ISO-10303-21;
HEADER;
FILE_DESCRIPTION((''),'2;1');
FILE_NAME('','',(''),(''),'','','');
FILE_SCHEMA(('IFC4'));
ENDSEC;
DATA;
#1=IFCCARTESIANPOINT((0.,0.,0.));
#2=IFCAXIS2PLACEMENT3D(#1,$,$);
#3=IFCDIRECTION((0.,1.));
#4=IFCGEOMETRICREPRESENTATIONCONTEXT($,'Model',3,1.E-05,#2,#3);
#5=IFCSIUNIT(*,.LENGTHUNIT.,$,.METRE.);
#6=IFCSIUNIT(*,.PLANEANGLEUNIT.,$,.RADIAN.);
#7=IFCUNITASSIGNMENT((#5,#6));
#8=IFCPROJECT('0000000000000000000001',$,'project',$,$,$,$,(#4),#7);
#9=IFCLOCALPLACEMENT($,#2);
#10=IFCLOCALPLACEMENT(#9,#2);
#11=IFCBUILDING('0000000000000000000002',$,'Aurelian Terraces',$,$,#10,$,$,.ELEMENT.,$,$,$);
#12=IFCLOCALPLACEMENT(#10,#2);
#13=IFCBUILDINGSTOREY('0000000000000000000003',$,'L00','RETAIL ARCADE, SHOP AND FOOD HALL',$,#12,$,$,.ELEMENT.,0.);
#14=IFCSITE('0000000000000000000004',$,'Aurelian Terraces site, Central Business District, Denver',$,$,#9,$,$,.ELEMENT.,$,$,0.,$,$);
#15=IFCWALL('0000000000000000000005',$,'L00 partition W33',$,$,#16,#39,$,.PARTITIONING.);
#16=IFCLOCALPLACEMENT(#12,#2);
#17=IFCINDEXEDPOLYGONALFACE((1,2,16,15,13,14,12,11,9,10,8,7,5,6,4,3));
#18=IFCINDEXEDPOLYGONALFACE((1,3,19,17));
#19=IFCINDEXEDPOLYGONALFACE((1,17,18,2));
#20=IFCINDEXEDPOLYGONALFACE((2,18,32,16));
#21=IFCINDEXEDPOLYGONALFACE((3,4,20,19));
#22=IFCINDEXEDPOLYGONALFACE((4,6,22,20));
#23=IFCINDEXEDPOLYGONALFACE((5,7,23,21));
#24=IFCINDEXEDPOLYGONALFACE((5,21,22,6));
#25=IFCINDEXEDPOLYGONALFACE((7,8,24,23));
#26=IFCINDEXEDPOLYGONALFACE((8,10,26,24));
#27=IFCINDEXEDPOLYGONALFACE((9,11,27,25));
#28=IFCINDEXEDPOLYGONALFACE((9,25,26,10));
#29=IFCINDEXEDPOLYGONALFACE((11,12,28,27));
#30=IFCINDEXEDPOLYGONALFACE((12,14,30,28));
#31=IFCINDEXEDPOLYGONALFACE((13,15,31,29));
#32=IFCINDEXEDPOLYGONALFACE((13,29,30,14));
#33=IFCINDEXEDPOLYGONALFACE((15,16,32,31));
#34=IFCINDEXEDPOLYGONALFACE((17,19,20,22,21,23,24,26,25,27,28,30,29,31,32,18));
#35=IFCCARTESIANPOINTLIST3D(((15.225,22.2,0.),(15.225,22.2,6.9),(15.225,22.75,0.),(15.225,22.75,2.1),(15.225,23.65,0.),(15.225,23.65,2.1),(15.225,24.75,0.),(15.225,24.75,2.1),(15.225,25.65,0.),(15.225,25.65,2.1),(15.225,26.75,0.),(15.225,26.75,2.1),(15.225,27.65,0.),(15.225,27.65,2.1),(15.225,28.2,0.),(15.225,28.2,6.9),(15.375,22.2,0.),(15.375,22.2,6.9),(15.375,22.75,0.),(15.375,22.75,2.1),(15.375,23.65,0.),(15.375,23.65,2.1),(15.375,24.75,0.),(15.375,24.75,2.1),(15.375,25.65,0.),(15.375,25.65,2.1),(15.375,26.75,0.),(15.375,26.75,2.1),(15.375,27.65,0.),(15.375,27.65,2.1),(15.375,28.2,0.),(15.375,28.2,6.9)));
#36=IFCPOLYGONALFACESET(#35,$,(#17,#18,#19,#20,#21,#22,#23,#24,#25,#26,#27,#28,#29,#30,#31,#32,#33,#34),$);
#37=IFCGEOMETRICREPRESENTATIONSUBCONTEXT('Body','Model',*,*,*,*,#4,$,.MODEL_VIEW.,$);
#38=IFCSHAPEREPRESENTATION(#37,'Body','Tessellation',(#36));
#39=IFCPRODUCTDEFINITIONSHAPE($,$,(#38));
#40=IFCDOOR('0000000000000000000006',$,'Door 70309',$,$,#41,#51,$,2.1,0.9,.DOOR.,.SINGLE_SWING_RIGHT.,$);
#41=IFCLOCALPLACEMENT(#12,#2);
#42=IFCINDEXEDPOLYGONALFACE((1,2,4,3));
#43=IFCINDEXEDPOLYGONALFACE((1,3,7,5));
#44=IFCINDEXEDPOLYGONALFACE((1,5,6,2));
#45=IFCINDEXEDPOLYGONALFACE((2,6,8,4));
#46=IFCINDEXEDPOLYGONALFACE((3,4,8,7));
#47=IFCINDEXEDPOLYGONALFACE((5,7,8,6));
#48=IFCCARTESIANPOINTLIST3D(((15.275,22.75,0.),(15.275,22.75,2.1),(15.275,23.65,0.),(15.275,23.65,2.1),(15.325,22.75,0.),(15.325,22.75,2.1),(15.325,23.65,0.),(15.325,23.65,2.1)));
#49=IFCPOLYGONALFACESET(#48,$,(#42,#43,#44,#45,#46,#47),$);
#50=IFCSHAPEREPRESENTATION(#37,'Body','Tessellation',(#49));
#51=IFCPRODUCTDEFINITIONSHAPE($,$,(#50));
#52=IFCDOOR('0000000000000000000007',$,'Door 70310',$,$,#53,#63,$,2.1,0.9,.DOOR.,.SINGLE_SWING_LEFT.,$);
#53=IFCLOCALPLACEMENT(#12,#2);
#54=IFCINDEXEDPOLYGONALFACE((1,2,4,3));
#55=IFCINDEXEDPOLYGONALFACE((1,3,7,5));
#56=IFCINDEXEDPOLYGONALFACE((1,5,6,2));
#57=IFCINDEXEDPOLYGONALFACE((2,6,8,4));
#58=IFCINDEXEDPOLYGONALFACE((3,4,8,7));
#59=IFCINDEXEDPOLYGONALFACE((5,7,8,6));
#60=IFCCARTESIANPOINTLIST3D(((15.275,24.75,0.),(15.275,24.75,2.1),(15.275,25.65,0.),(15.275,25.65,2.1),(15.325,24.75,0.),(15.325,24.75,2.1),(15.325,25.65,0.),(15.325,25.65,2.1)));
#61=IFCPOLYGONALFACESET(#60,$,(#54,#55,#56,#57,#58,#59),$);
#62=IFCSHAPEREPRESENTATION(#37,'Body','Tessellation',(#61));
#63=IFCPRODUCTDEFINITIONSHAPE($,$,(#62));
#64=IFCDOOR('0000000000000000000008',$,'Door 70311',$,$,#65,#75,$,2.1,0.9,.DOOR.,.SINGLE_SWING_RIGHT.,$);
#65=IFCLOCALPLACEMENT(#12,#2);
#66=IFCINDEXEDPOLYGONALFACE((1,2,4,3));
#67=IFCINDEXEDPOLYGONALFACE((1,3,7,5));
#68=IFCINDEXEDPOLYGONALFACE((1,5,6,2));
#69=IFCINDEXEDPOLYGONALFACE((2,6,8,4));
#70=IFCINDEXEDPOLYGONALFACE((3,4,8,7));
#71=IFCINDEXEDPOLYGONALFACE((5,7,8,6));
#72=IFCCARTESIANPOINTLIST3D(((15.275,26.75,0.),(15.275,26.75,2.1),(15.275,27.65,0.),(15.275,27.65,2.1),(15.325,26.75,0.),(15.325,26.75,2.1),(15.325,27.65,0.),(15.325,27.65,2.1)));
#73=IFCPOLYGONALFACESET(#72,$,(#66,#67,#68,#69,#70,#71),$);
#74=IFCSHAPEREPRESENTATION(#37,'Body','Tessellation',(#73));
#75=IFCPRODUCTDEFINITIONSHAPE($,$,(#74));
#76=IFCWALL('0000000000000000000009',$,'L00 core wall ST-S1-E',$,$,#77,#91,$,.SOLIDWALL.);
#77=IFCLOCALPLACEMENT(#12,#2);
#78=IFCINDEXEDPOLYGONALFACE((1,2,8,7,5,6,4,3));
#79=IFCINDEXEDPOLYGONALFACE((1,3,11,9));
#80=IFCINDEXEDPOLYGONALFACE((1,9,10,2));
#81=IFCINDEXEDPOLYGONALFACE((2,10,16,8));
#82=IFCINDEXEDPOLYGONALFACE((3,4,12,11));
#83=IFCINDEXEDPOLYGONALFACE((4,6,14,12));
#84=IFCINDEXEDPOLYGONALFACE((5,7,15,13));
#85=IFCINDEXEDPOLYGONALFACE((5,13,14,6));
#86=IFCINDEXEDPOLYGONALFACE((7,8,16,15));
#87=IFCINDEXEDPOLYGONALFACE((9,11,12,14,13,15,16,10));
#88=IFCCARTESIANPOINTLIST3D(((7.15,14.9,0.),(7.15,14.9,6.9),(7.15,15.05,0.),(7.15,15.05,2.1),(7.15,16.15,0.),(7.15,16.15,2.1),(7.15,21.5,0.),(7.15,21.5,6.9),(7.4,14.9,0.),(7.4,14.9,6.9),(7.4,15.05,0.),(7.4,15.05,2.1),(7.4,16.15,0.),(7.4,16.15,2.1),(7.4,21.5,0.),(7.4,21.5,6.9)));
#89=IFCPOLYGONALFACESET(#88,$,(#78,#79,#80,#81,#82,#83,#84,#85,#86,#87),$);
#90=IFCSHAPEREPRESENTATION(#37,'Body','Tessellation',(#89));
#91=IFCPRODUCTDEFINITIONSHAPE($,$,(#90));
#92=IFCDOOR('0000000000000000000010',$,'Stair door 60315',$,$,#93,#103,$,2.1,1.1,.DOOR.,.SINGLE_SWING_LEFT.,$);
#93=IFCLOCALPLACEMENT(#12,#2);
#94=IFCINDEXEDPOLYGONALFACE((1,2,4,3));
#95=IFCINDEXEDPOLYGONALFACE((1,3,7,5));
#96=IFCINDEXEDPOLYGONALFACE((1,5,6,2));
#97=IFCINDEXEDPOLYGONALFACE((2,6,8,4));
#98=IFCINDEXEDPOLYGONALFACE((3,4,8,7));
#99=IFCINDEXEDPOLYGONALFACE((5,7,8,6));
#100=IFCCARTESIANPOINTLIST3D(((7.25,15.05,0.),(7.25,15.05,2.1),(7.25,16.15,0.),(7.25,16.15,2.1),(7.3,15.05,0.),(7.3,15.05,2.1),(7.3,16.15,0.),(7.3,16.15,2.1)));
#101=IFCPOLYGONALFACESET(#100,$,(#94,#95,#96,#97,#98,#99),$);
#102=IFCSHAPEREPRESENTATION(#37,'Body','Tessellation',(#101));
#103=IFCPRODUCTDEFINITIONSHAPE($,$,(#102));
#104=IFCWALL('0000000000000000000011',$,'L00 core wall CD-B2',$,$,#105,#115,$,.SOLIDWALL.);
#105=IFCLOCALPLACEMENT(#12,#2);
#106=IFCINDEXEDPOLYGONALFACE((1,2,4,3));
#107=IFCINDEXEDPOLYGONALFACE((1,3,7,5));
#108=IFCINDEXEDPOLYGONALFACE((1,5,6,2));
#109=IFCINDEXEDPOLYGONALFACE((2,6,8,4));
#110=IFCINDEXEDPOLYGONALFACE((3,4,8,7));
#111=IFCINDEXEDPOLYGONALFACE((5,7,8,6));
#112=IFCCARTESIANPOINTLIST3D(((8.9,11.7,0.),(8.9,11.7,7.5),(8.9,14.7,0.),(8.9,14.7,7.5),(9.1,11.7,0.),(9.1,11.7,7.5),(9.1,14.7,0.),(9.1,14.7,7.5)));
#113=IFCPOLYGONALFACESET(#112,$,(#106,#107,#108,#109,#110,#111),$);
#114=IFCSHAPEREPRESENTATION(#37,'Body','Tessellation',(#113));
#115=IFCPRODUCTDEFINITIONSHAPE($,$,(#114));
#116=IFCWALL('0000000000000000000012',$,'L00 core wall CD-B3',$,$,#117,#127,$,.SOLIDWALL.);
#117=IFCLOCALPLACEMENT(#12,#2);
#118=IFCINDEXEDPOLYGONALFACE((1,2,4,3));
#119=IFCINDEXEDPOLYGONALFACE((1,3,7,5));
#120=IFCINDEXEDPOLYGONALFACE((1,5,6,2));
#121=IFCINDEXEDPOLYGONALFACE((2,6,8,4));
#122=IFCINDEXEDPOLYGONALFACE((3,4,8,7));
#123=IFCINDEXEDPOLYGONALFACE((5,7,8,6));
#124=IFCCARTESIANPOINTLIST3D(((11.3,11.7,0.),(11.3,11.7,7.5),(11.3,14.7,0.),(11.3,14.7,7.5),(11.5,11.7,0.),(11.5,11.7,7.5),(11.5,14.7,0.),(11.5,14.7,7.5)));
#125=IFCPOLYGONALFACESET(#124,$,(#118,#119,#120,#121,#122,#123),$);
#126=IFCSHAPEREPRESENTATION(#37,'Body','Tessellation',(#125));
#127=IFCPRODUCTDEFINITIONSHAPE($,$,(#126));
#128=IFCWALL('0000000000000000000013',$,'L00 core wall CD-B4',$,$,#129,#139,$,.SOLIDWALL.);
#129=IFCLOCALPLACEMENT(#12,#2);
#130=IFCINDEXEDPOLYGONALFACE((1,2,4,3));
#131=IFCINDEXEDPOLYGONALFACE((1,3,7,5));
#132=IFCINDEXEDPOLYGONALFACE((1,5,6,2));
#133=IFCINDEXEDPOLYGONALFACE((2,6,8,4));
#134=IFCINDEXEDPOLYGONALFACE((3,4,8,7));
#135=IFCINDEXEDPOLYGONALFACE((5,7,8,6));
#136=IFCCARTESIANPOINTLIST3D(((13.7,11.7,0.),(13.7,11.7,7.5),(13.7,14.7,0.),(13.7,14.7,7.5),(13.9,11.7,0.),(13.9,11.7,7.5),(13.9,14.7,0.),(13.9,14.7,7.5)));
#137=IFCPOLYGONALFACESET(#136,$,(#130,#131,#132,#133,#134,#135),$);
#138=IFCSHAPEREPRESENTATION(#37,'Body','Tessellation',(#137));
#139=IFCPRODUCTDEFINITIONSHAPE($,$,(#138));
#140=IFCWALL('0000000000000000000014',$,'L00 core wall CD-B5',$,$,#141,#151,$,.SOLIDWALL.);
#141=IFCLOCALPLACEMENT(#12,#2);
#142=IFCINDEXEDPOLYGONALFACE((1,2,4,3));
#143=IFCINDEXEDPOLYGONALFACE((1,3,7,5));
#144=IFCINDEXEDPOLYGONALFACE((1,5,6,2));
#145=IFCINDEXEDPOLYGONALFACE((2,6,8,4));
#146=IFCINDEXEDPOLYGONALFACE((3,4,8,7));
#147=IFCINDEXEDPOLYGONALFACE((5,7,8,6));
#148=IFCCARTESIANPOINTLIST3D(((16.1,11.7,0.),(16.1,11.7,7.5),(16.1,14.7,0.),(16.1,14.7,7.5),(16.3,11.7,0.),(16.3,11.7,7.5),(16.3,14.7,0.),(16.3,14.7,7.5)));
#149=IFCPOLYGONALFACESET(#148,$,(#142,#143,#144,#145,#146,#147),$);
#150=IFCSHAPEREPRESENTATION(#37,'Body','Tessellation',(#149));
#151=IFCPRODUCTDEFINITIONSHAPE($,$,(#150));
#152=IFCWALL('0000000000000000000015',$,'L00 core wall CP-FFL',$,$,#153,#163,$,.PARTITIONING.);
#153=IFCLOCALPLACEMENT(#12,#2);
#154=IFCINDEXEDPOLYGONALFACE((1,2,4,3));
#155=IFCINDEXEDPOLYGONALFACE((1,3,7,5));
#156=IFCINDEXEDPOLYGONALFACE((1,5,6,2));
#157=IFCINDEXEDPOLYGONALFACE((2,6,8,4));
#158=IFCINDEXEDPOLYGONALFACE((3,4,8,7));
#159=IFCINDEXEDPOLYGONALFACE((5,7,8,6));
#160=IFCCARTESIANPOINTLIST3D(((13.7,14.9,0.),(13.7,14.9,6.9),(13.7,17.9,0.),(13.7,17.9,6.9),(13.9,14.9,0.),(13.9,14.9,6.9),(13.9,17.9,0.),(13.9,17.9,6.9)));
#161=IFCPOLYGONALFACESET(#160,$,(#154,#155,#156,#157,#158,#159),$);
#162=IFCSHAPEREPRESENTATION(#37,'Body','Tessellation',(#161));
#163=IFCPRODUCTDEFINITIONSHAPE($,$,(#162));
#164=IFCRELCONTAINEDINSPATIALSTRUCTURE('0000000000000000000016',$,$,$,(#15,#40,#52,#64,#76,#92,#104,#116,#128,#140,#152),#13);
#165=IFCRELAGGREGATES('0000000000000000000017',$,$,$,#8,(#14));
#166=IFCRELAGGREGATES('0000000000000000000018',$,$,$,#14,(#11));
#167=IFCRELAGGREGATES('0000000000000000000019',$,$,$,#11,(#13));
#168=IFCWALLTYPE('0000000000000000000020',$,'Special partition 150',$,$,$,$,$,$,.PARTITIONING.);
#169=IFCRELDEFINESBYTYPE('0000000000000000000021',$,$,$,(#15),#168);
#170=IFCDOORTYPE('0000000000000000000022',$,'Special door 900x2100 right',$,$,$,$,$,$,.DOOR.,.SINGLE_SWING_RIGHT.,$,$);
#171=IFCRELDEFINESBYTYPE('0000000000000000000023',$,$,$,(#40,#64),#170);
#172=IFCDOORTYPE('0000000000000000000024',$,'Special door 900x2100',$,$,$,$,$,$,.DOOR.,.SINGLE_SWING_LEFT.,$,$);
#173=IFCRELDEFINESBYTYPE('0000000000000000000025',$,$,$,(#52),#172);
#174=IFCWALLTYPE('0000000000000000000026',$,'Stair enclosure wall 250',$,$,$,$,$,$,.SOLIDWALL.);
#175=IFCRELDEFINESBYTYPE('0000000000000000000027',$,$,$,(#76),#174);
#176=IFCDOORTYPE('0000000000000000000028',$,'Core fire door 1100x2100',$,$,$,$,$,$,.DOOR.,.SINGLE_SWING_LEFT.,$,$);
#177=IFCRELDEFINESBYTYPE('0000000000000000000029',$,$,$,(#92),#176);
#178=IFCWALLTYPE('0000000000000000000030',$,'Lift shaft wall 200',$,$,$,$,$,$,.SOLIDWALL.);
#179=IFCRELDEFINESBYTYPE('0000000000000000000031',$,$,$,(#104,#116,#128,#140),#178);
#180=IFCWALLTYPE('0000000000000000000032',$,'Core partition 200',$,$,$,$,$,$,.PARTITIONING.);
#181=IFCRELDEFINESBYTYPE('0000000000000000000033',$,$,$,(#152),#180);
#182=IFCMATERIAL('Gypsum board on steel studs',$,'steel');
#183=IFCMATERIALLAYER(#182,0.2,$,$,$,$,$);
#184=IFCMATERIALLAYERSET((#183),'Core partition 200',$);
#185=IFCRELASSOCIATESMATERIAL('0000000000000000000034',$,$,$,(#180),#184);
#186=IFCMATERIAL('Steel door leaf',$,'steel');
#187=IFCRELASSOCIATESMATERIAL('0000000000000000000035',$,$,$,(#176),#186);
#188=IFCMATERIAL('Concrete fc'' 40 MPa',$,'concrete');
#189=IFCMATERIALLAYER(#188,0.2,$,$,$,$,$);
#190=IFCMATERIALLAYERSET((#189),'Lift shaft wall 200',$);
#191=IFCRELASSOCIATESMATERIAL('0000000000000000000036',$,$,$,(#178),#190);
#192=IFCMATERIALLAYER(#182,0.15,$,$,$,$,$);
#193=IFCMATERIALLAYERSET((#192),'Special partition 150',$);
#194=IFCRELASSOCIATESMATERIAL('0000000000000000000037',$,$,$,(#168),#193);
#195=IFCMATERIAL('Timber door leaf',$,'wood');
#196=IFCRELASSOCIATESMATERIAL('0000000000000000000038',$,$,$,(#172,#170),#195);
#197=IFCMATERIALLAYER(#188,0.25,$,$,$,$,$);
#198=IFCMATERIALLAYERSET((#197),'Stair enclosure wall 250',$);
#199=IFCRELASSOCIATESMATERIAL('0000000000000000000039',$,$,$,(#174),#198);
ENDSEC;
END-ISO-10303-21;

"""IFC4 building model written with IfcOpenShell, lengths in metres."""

from ifc_helpers import new_model, si_unit, direction, frame, frame_2d, origin, place, context, subcontext, project, spatial, rectangle, extrude, source, transform, mapped, material, layer, layer_set, type_object, element, fill, save


model = new_model("IFC4")

# Units and contexts
model_context = context("Model", 3, precision=1e-05, world=origin(), true_north=direction((0.0, 1.0)))
body_context = subcontext(model_context, "Body", "Model", "MODEL_VIEW")
ifc_project = project(units=[si_unit("LENGTHUNIT", "METRE"), si_unit("PLANEANGLEUNIT", "RADIAN")], contexts=[model_context])

# Site, building, storey
site_placement = place(None, origin())
site = spatial("IfcSite", under=ifc_project, at=site_placement, Name="Aurelian Terraces site, Central Business District, Denver", CompositionType="ELEMENT", RefElevation=0.0)
building_placement = place(site_placement, origin())
building = spatial("IfcBuilding", under=site, at=building_placement, Name="Aurelian Terraces", CompositionType="ELEMENT")
storey_placement = place(building_placement, origin())
storey = spatial("IfcBuildingStorey", under=building, at=storey_placement, Name="L00", Description="RETAIL ARCADE, SHOP AND FOOD HALL", CompositionType="ELEMENT", Elevation=0.0)

# Shared definitions
ifc_material_1 = material(Name="Gypsum board on steel studs", Category="steel")
ifc_layer_1 = layer(ifc_material_1, 0.2)
ifc_layer_set_1 = layer_set([ifc_layer_1], Name="Core partition 200")
wall_type_1 = type_object("IfcWallType", Name="Core partition 200", PredefinedType="PARTITIONING", material=ifc_layer_set_1)

# Shared definitions
ifc_material_2 = material(Name="Steel door leaf", Category="steel")
shared_shape_1 = source(origin(), body_context, "Body", "SweptSolid", [
    extrude(rectangle(XDim=0.9, YDim=2.1, at=frame_2d((0.45, 1.05))), frame((0.0, 0.025, 0.0), z_axis=(0.0, -1.0, 0.0), x_axis=(1.0, 0.0, 0.0)), (0.0, 0.0, 1.0), 0.05),
])
door_type_1 = type_object("IfcDoorType", Name="Core fire door 1100x2100", OperationType="SINGLE_SWING_LEFT", PredefinedType="DOOR", material=ifc_material_2)
shared_shape_2 = source(origin(), body_context, "Body", "SweptSolid", [
    extrude(rectangle(XDim=1.1, YDim=2.1, at=frame_2d((0.55, 1.05))), frame((0.0, 0.025, 0.0), z_axis=(0.0, -1.0, 0.0), x_axis=(1.0, 0.0, 0.0)), (0.0, 0.0, 1.0), 0.05),
])

# Shared definitions
ifc_material_3 = material(Name="Concrete fc' 40 MPa", Category="concrete")
ifc_layer_2 = layer(ifc_material_3, 0.2)
ifc_layer_set_2 = layer_set([ifc_layer_2], Name="Lift shaft wall 200")
wall_type_2 = type_object("IfcWallType", Name="Lift shaft wall 200", PredefinedType="SOLIDWALL", material=ifc_layer_set_2)

# Shared definitions
ifc_layer_3 = layer(ifc_material_1, 0.15)
ifc_layer_set_3 = layer_set([ifc_layer_3], Name="Special partition 150")
wall_type_3 = type_object("IfcWallType", Name="Special partition 150", PredefinedType="PARTITIONING", material=ifc_layer_set_3)
shared_shape_3 = source(origin(), body_context, "Body", "SweptSolid", [
    extrude(rectangle(XDim=0.9, YDim=2.1, at=frame_2d((0.45, 1.05))), frame((0.0, 0.085, 0.0), z_axis=(0.0, -1.0, 0.0), x_axis=(1.0, 0.0, 0.0)), (0.0, 0.0, 1.0), 0.17),
])
ifc_material_4 = material(Name="Timber door leaf", Category="wood")
door_type_2 = type_object("IfcDoorType", Name="Special door 900x2100", OperationType="SINGLE_SWING_LEFT", PredefinedType="DOOR", material=ifc_material_4)

# Wall, openings, doors
wall_1_placement = place(storey_placement, frame((15.3, 22.2, 0.0), z_axis=(0.0, 0.0, 1.0), x_axis=(0.0, 1.0, 0.0)))
wall_1 = element("IfcWall", 1, at=wall_1_placement, inside=storey, type_object=wall_type_3, Name="L00 partition W33", PredefinedType="PARTITIONING", context=body_context, shape_type="SweptSolid", body=[
    extrude(rectangle(XDim=6.0, YDim=0.15, at=frame_2d((3.0, 0.0))), origin(), (0.0, 0.0, 1.0), 6.9),
])
opening_1_placement = place(wall_1_placement, frame((0.55, 0.0, 0.0)))
opening_1 = element("IfcOpeningElement", 2, at=opening_1_placement, cuts=wall_1, PredefinedType="OPENING", context=body_context, shape_type="MappedRepresentation", body=[
    mapped(shared_shape_3, transform((0.0, 0.0, 0.0), scale=1.0)),
])
opening_2_placement = place(wall_1_placement, frame((2.55, 0.0, 0.0)))
opening_2 = element("IfcOpeningElement", 3, at=opening_2_placement, cuts=wall_1, PredefinedType="OPENING", context=body_context, shape_type="MappedRepresentation", body=[
    mapped(shared_shape_3, transform((0.0, 0.0, 0.0), scale=1.0)),
])
opening_3_placement = place(wall_1_placement, frame((4.55, 0.0, 0.0)))
opening_3 = element("IfcOpeningElement", 4, at=opening_3_placement, cuts=wall_1, PredefinedType="OPENING", context=body_context, shape_type="MappedRepresentation", body=[
    mapped(shared_shape_3, transform((0.0, 0.0, 0.0), scale=1.0)),
])
door_type_3 = type_object("IfcDoorType", Name="Special door 900x2100 right", OperationType="SINGLE_SWING_RIGHT", PredefinedType="DOOR", material=ifc_material_4)
door_1_placement = place(opening_1_placement, origin())
door_1 = element("IfcDoor", 5, at=door_1_placement, inside=storey, type_object=door_type_3, Name="Door 70309", OperationType="SINGLE_SWING_RIGHT", OverallHeight=2.1, OverallWidth=0.9, PredefinedType="DOOR", context=body_context, shape_type="MappedRepresentation", body=[
    mapped(shared_shape_1, transform((0.0, 0.0, 0.0), scale=1.0)),
])
fill(opening_1, door_1)
door_2_placement = place(opening_2_placement, origin())
door_2 = element("IfcDoor", 6, at=door_2_placement, inside=storey, type_object=door_type_2, Name="Door 70310", OperationType="SINGLE_SWING_LEFT", OverallHeight=2.1, OverallWidth=0.9, PredefinedType="DOOR", context=body_context, shape_type="MappedRepresentation", body=[
    mapped(shared_shape_1, transform((0.0, 0.0, 0.0), scale=1.0)),
])
fill(opening_2, door_2)
door_3_placement = place(opening_3_placement, origin())
door_3 = element("IfcDoor", 7, at=door_3_placement, inside=storey, type_object=door_type_3, Name="Door 70311", OperationType="SINGLE_SWING_RIGHT", OverallHeight=2.1, OverallWidth=0.9, PredefinedType="DOOR", context=body_context, shape_type="MappedRepresentation", body=[
    mapped(shared_shape_1, transform((0.0, 0.0, 0.0), scale=1.0)),
])
fill(opening_3, door_3)

# Wall, opening, door
ifc_layer_4 = layer(ifc_material_3, 0.25)
ifc_layer_set_4 = layer_set([ifc_layer_4], Name="Stair enclosure wall 250")
wall_type_4 = type_object("IfcWallType", Name="Stair enclosure wall 250", PredefinedType="SOLIDWALL", material=ifc_layer_set_4)
wall_2_placement = place(storey_placement, frame((7.275, 14.9, 0.0), z_axis=(0.0, 0.0, 1.0), x_axis=(0.0, 1.0, 0.0)))
wall_2 = element("IfcWall", 8, at=wall_2_placement, inside=storey, type_object=wall_type_4, Name="L00 core wall ST-S1-E", PredefinedType="SOLIDWALL", context=body_context, shape_type="SweptSolid", body=[
    extrude(rectangle(XDim=6.6, YDim=0.25, at=frame_2d((3.3, 0.0))), origin(), (0.0, 0.0, 1.0), 6.9),
])
shared_shape_4 = source(origin(), body_context, "Body", "SweptSolid", [
    extrude(rectangle(XDim=1.1, YDim=2.1, at=frame_2d((0.55, 1.05))), frame((0.0, 0.135, 0.0), z_axis=(0.0, -1.0, 0.0), x_axis=(1.0, 0.0, 0.0)), (0.0, 0.0, 1.0), 0.27),
])
opening_4_placement = place(wall_2_placement, frame((0.15, 0.0, 0.0)))
opening_4 = element("IfcOpeningElement", 9, at=opening_4_placement, cuts=wall_2, PredefinedType="OPENING", context=body_context, shape_type="MappedRepresentation", body=[
    mapped(shared_shape_4, transform((0.0, 0.0, 0.0), scale=1.0)),
])
door_4_placement = place(opening_4_placement, origin())
door_4 = element("IfcDoor", 10, at=door_4_placement, inside=storey, type_object=door_type_1, Name="Stair door 60315", OperationType="SINGLE_SWING_LEFT", OverallHeight=2.1, OverallWidth=1.1, PredefinedType="DOOR", context=body_context, shape_type="MappedRepresentation", body=[
    mapped(shared_shape_2, transform((0.0, 0.0, 0.0), scale=1.0)),
])
fill(opening_4, door_4)

# Walls
shared_shape_5 = source(origin(), body_context, "Body", "SweptSolid", [
    extrude(rectangle(XDim=3.0, YDim=0.2, at=frame_2d((1.5, 0.0))), origin(), (0.0, 0.0, 1.0), 7.5),
])
for number, where, z_axis, x_axis, name in (
    (11, (9.0, 11.7, 0.0), (0.0, 0.0, 1.0), (0.0, 1.0, 0.0), "L00 core wall CD-B2"),
    (12, (11.4, 11.7, 0.0), (0.0, 0.0, 1.0), (0.0, 1.0, 0.0), "L00 core wall CD-B3"),
    (13, (13.8, 11.7, 0.0), (0.0, 0.0, 1.0), (0.0, 1.0, 0.0), "L00 core wall CD-B4"),
    (14, (16.2, 11.7, 0.0), (0.0, 0.0, 1.0), (0.0, 1.0, 0.0), "L00 core wall CD-B5"),
):
    element("IfcWall", number, at=place(storey_placement, frame(where, z_axis=z_axis, x_axis=x_axis)), inside=storey, type_object=wall_type_2, Name=name, PredefinedType="SOLIDWALL", context=body_context, shape_type="MappedRepresentation", body=[
        mapped(shared_shape_5, transform((0.0, 0.0, 0.0), scale=1.0)),
    ])
shared_shape_6 = source(origin(), body_context, "Body", "SweptSolid", [
    extrude(rectangle(XDim=3.0, YDim=0.2, at=frame_2d((1.5, 0.0))), origin(), (0.0, 0.0, 1.0), 6.9),
])
wall_3_placement = place(storey_placement, frame((13.8, 14.9, 0.0), z_axis=(0.0, 0.0, 1.0), x_axis=(0.0, 1.0, 0.0)))
element("IfcWall", 15, at=wall_3_placement, inside=storey, type_object=wall_type_1, Name="L00 core wall CP-FFL", PredefinedType="PARTITIONING", context=body_context, shape_type="MappedRepresentation", body=[
    mapped(shared_shape_6, transform((0.0, 0.0, 0.0), scale=1.0)),
])

save(model, "model.ifc")
